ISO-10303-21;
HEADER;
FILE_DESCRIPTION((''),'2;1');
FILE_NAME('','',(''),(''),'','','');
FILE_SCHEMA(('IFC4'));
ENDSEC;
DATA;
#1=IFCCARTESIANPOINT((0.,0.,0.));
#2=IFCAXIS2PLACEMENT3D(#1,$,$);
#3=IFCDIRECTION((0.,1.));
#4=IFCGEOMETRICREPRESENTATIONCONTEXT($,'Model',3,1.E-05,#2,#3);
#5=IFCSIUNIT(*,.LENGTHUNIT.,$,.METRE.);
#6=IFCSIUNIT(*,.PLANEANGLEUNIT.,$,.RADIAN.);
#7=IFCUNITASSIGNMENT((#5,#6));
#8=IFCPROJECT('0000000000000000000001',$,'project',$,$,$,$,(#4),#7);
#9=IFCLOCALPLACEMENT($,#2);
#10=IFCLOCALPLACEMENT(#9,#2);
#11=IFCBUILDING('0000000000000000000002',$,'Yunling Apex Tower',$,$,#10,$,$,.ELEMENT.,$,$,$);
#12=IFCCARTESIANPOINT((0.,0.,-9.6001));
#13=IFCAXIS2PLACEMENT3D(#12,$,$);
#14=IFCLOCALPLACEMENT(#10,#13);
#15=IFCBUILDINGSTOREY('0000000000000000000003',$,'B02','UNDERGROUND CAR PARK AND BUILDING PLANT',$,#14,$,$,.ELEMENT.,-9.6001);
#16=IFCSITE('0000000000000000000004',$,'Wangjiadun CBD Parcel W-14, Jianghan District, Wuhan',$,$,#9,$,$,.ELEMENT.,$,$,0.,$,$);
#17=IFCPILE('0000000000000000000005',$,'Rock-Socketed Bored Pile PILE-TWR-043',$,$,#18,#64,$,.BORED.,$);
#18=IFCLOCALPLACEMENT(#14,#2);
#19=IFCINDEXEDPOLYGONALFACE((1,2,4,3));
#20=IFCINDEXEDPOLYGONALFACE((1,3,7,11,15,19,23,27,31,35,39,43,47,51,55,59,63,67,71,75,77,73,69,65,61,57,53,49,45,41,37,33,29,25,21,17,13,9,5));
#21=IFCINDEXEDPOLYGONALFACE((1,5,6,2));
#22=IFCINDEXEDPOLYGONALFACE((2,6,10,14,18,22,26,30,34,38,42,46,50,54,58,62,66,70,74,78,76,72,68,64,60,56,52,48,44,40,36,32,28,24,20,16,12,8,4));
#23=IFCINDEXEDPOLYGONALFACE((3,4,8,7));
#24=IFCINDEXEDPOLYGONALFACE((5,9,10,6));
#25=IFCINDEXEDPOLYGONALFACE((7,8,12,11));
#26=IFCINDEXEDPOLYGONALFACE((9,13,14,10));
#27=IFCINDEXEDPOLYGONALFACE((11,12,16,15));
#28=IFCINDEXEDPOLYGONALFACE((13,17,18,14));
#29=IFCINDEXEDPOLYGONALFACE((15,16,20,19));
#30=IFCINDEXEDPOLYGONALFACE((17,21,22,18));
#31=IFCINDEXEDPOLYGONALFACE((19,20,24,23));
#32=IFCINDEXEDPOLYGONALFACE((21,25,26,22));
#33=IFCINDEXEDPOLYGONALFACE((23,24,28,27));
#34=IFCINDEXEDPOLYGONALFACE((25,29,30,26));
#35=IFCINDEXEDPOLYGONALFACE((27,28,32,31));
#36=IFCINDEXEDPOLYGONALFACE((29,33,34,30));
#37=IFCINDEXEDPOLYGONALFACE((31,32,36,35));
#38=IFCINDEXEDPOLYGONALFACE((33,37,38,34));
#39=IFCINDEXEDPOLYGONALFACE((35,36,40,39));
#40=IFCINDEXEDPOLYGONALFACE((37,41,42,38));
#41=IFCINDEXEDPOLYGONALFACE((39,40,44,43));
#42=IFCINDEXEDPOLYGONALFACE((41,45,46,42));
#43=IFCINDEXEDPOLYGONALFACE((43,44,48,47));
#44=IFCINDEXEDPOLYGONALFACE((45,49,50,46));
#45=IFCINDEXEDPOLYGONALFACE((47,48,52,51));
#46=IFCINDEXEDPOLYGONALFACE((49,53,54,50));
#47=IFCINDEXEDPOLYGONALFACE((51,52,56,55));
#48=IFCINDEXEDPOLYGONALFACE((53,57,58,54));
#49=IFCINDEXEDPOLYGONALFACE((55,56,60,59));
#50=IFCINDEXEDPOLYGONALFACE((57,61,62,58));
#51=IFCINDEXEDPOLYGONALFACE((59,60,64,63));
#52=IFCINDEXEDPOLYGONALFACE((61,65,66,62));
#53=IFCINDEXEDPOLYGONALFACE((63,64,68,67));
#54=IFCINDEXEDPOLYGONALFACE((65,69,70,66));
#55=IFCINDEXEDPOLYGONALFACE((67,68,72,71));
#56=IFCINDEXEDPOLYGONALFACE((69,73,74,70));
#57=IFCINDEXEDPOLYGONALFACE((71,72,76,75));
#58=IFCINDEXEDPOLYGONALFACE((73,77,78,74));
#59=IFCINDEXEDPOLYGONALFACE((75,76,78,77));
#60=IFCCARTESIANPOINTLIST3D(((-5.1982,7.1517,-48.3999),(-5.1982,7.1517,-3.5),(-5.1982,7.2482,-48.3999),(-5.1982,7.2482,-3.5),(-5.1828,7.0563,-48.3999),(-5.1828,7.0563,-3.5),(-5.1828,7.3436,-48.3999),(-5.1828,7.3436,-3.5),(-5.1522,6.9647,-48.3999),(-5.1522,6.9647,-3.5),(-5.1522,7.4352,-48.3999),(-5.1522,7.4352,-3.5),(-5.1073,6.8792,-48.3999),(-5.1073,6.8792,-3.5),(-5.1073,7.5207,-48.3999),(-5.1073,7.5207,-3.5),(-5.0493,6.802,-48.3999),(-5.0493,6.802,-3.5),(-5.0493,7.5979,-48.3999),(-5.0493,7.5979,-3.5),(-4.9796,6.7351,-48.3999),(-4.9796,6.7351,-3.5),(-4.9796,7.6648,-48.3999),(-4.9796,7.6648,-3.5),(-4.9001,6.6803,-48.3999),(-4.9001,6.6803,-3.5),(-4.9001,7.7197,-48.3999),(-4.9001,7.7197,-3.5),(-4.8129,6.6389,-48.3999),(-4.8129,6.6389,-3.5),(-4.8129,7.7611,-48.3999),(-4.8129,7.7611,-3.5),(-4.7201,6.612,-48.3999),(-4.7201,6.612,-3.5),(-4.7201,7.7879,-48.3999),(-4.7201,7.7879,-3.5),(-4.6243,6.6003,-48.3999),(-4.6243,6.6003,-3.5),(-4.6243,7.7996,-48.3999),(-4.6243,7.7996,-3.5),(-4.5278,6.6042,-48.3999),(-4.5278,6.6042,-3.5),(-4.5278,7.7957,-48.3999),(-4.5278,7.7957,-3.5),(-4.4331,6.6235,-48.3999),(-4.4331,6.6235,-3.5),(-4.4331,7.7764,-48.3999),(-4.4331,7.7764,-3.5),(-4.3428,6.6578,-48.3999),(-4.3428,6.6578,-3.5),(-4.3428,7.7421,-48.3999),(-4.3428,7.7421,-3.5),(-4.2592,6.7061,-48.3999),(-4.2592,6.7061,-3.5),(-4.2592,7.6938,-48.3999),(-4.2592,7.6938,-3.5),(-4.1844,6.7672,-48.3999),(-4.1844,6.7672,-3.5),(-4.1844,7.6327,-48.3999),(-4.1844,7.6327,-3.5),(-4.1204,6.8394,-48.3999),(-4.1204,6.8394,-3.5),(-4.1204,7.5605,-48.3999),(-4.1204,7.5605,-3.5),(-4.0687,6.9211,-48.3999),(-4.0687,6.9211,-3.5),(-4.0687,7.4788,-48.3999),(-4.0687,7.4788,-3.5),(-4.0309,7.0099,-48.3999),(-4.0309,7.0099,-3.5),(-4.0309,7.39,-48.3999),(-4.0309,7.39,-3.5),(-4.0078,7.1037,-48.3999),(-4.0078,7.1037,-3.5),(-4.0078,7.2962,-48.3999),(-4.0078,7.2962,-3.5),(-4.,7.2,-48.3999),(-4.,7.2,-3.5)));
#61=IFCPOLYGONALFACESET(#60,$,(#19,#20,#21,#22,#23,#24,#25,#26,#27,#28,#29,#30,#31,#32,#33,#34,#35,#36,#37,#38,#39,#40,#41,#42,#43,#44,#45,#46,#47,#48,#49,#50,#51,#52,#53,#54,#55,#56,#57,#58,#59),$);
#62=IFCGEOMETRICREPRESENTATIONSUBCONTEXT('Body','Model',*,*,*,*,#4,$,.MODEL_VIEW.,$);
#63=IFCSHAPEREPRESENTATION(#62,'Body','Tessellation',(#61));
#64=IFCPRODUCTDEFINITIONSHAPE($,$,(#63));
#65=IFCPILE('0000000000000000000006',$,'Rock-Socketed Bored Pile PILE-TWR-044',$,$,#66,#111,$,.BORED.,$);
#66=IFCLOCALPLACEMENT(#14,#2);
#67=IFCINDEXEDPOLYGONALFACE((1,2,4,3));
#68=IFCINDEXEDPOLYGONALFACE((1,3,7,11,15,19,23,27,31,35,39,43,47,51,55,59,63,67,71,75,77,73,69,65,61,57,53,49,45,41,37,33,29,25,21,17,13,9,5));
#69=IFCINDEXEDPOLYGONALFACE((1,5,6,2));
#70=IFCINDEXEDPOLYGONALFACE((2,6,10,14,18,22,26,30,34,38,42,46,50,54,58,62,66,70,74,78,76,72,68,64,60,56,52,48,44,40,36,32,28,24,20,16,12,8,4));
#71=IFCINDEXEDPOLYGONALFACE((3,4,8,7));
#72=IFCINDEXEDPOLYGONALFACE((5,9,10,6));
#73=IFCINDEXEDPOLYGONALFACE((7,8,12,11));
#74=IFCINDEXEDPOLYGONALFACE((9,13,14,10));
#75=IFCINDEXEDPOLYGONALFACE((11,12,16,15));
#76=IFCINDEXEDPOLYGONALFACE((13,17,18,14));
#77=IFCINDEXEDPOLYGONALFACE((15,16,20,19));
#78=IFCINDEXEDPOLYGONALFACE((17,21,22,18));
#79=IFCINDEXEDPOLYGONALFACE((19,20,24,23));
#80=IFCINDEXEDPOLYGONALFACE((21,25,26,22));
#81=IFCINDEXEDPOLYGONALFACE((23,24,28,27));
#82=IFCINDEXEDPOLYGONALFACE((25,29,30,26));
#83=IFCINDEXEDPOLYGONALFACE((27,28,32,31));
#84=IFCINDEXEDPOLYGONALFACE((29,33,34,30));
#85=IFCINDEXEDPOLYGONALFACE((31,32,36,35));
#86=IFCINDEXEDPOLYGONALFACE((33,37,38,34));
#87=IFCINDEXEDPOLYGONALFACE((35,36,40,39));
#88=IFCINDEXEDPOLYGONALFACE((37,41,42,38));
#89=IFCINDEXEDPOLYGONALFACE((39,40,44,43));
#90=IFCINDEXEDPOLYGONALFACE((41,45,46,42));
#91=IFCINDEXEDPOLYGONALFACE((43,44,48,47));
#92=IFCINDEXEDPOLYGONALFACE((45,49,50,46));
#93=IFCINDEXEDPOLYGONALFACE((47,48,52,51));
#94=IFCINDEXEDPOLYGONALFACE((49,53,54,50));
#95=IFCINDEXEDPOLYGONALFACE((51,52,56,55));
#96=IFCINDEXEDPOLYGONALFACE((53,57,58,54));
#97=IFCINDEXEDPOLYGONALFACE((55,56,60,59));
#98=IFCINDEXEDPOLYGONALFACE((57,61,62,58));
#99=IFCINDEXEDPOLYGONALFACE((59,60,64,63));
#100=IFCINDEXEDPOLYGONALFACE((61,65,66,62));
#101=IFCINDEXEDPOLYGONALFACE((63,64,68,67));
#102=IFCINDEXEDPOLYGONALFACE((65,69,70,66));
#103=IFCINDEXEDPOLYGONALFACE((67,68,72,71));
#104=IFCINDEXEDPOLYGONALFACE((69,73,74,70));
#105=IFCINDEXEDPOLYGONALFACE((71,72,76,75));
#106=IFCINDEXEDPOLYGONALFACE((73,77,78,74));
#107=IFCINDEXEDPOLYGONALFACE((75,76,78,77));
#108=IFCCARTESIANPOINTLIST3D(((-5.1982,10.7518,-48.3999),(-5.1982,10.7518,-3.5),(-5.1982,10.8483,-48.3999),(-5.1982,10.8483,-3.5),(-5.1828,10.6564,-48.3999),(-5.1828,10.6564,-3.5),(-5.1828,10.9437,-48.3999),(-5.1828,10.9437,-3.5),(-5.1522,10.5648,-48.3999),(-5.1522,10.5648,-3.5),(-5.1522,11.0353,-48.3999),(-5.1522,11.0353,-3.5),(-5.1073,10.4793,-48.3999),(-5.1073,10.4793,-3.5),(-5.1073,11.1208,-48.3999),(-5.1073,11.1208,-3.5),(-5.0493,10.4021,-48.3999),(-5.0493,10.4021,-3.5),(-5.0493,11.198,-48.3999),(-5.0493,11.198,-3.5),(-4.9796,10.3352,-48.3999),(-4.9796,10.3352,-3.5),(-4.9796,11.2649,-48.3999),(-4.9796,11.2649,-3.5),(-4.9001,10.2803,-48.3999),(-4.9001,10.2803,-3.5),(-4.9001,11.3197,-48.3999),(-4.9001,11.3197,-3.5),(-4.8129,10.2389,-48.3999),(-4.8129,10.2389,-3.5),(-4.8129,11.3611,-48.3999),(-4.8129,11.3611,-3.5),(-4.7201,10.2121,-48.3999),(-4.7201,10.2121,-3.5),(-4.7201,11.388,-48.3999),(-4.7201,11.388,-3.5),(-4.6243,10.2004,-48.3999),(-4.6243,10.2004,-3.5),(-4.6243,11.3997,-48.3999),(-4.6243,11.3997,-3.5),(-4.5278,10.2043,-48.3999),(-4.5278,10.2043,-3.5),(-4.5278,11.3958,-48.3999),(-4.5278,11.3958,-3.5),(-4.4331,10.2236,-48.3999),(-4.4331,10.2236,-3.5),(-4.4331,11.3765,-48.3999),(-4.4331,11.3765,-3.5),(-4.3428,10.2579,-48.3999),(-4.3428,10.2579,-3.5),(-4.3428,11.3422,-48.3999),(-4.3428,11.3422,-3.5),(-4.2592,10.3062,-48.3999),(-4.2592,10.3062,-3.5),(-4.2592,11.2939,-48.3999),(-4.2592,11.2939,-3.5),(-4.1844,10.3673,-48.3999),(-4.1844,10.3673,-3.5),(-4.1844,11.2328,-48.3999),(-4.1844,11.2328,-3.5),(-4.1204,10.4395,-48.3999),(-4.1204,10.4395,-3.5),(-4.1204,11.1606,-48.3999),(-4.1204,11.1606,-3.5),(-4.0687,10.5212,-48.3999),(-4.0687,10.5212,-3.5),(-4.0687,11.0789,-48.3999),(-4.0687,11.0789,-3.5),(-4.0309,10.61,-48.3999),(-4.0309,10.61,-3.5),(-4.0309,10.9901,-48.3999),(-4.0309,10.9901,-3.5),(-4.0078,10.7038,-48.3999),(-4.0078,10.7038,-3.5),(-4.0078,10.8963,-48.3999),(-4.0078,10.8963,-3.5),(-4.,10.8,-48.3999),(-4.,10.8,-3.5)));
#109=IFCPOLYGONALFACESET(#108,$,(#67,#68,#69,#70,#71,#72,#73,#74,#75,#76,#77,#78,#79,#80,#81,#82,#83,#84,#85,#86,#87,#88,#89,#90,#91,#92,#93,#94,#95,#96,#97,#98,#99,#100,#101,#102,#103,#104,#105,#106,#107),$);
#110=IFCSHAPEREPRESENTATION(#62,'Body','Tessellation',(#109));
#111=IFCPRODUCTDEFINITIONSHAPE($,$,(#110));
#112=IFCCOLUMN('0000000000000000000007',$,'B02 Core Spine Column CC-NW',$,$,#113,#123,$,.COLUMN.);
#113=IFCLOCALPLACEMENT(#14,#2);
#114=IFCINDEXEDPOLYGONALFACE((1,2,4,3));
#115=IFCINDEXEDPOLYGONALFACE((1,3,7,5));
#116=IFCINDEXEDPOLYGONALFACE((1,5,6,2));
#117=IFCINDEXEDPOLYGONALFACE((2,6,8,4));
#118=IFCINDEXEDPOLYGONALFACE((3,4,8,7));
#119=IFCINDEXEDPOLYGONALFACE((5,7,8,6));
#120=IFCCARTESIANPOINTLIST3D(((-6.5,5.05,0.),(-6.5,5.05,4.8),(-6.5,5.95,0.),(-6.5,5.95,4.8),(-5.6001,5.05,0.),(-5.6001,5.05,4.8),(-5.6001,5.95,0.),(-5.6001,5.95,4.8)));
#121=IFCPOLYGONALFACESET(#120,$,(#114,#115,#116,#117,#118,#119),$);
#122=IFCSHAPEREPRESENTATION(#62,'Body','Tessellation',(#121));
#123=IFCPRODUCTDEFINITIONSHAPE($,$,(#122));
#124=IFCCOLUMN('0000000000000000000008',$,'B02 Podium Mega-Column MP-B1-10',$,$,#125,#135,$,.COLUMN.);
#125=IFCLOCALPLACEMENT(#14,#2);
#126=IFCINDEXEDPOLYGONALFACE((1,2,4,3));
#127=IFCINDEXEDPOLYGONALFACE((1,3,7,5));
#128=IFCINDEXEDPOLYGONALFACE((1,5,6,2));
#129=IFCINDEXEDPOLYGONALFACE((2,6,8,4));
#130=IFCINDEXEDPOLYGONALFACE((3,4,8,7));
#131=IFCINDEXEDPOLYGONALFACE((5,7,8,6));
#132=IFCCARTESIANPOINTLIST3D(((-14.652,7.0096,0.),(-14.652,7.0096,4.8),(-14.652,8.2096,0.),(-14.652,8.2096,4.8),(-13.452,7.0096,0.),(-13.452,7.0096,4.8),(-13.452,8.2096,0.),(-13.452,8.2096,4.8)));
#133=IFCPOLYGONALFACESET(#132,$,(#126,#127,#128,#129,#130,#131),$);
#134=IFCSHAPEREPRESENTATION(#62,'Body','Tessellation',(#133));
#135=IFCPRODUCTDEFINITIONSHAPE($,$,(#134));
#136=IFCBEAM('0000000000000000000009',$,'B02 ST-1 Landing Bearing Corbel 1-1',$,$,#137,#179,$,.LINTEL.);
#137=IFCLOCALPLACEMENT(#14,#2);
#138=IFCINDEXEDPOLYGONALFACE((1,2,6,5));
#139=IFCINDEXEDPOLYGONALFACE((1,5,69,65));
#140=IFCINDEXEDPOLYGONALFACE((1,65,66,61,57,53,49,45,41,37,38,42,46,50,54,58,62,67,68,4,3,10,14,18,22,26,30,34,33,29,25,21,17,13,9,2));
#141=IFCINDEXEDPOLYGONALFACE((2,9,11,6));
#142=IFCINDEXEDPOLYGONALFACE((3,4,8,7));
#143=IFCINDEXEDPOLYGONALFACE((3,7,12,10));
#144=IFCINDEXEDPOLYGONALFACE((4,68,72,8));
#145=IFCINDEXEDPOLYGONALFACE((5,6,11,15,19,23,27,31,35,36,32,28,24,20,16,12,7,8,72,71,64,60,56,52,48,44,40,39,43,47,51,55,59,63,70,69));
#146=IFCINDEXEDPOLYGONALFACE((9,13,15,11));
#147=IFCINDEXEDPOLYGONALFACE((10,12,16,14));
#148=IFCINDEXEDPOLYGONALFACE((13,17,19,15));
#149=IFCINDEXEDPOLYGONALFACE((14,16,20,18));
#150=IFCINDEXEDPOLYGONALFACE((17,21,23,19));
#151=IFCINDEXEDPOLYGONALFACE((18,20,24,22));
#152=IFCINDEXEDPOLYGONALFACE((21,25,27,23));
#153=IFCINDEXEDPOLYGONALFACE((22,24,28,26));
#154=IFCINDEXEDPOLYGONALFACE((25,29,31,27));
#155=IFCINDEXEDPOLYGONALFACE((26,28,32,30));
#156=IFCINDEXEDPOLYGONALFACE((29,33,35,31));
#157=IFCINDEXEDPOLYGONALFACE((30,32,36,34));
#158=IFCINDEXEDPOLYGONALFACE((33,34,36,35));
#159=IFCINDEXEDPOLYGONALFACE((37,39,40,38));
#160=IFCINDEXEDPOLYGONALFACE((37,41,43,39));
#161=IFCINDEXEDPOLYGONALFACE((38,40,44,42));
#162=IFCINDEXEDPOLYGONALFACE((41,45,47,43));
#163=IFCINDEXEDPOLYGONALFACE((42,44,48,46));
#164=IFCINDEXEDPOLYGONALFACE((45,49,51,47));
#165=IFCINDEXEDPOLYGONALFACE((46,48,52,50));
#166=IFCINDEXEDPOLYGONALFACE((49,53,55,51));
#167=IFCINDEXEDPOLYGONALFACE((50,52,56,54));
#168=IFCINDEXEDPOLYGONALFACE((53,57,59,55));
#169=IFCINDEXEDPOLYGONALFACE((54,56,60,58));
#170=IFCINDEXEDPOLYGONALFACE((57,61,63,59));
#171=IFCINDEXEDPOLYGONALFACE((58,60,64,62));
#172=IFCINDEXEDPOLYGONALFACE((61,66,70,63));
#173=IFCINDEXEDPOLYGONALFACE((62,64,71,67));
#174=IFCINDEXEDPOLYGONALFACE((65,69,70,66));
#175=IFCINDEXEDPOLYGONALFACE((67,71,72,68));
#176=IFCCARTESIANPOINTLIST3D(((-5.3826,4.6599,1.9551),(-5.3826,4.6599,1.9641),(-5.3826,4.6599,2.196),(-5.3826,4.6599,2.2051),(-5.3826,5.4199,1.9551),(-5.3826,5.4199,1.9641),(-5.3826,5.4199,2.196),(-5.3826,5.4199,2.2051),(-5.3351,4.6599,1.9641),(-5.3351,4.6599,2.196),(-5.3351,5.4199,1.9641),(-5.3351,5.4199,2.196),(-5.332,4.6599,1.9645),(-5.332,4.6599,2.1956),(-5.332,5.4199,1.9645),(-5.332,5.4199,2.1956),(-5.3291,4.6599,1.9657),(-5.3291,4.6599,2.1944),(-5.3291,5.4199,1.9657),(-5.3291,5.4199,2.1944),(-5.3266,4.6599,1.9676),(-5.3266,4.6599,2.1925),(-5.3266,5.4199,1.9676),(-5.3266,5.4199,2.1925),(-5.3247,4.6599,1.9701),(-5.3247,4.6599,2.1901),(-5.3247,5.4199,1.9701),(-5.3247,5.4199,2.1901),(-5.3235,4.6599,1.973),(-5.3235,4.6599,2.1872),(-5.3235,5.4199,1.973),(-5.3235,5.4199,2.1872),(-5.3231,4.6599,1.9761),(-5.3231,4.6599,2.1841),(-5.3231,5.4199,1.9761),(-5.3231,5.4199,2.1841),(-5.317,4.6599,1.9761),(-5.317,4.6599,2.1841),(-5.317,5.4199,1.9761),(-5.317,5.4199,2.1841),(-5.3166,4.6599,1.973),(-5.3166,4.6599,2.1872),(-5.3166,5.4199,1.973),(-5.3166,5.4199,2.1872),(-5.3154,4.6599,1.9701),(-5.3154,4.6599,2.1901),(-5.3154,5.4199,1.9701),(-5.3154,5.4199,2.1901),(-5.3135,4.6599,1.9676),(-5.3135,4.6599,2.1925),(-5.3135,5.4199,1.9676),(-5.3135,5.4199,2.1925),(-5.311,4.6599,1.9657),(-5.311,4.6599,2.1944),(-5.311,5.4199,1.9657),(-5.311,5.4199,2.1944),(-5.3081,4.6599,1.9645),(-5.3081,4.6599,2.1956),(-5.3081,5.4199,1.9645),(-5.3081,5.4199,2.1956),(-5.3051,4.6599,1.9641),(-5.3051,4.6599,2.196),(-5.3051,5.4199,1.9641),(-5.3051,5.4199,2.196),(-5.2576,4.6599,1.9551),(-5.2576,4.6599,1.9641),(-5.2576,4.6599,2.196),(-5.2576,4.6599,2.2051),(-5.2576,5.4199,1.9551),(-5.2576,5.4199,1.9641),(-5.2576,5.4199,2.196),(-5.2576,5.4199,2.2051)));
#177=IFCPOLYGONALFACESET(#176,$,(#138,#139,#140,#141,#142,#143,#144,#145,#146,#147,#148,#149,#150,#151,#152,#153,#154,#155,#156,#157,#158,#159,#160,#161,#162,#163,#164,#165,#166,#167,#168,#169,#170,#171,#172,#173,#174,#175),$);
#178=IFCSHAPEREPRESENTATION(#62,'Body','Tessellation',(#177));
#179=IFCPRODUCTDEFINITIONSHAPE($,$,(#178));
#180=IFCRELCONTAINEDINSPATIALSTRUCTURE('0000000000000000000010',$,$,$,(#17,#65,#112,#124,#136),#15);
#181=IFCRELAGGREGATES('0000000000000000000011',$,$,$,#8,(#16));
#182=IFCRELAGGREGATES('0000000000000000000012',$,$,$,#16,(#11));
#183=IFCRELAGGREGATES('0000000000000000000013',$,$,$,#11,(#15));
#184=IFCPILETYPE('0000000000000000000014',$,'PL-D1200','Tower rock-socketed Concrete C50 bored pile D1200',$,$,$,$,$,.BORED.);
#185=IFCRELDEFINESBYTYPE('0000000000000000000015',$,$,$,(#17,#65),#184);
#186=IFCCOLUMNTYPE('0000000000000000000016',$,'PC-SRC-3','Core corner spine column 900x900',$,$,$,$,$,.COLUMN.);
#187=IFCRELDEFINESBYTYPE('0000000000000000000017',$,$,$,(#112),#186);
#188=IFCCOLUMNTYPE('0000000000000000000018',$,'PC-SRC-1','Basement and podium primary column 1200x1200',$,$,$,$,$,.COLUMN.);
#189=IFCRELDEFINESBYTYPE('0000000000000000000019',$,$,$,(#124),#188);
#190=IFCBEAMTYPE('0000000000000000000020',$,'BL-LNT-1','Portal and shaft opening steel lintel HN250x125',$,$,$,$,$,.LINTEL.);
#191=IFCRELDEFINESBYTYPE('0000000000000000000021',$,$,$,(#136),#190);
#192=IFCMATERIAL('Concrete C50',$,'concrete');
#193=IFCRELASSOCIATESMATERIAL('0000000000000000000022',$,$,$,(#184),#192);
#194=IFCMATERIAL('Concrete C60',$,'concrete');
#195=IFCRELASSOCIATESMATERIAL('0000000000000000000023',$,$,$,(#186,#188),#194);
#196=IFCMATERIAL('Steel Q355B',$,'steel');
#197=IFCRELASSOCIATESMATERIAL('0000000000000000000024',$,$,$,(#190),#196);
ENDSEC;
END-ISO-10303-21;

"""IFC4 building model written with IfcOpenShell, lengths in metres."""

from ifc_helpers import new_model, si_unit, direction, frame, origin, origin_2d, place, context, subcontext, project, spatial, rectangle, circle, i_section, extrude, source, transform, mapped, material, material_profile, profile_set, type_object, element, save


model = new_model("IFC4")

# Units and contexts
model_context = context("Model", 3, precision=1e-05, world=origin(), true_north=direction((0.0, 1.0)))
body_context = subcontext(model_context, "Body", "Model", "MODEL_VIEW")
ifc_project = project(units=[si_unit("LENGTHUNIT", "METRE"), si_unit("PLANEANGLEUNIT", "RADIAN")], contexts=[model_context])

# Site, building, storey
site_placement = place(None, origin())
site = spatial("IfcSite", under=ifc_project, at=site_placement, Name="Wangjiadun CBD Parcel W-14, Jianghan District, Wuhan", CompositionType="ELEMENT", RefElevation=0.0)
building_placement = place(site_placement, origin())
building = spatial("IfcBuilding", under=site, at=building_placement, Name="Yunling Apex Tower", CompositionType="ELEMENT")
storey_placement = place(building_placement, frame((0.0, 0.0, -9.6001)))
storey = spatial("IfcBuildingStorey", under=building, at=storey_placement, Name="B02", Description="UNDERGROUND CAR PARK AND BUILDING PLANT", CompositionType="ELEMENT", Elevation=-9.6001)

# Piles
ifc_material_1 = material(Name="Concrete C50", Category="concrete")
ifc_material_profile_1 = material_profile(ifc_material_1, circle(Radius=0.6001, at=origin_2d()))
ifc_profile_set_1 = profile_set([ifc_material_profile_1], Name="Concrete C50")
pile_type = type_object("IfcPileType", Name="PL-D1200", Description="Tower rock-socketed Concrete C50 bored pile D1200", PredefinedType="BORED", material=ifc_profile_set_1)
shared_shape_1 = source(origin(), body_context, "Body", "SweptSolid", [
    extrude(circle(Radius=0.6001, at=origin_2d()), origin(), (0.0, 0.0, 1.0), 44.8999),
])
for number, where, z_axis, x_axis, name in (
    (1, (-4.6001, 7.2, -3.5), (0.0, 0.0, -1.0), (1.0, 0.0, 0.0), "Rock-Socketed Bored Pile PILE-TWR-043"),
    (2, (-4.6001, 10.8, -3.5), (0.0, 0.0, -1.0), (1.0, 0.0, 0.0), "Rock-Socketed Bored Pile PILE-TWR-044"),
):
    element("IfcPile", number, at=place(storey_placement, frame(where, z_axis=z_axis, x_axis=x_axis)), inside=storey, type_object=pile_type, Name=name, PredefinedType="BORED", context=body_context, shape_type="MappedRepresentation", body=[
        mapped(shared_shape_1, transform((0.0, 0.0, 0.0), scale=1.0)),
    ])

# Columns
ifc_material_2 = material(Name="Concrete C60", Category="concrete")
ifc_material_profile_2 = material_profile(ifc_material_2, rectangle(XDim=0.8999, YDim=0.8999, at=origin_2d()))
ifc_profile_set_2 = profile_set([ifc_material_profile_2], Name="Concrete C60")
column_type_1 = type_object("IfcColumnType", Name="PC-SRC-3", Description="Core corner spine column 900x900", PredefinedType="COLUMN", material=ifc_profile_set_2)
shared_shape_2 = source(origin(), body_context, "Body", "SweptSolid", [
    extrude(rectangle(XDim=0.8999, YDim=0.8999, at=origin_2d()), origin(), (0.0, 0.0, 1.0), 4.8),
])
column_1_placement = place(storey_placement, frame((-6.05, 5.5, 0.0), z_axis=(0.0, 0.0, 1.0), x_axis=(1.0, 0.0, 0.0)))
element("IfcColumn", 3, at=column_1_placement, inside=storey, type_object=column_type_1, Name="B02 Core Spine Column CC-NW", PredefinedType="COLUMN", context=body_context, shape_type="MappedRepresentation", body=[
    mapped(shared_shape_2, transform((0.0, 0.0, 0.0), scale=1.0)),
])
ifc_material_profile_3 = material_profile(ifc_material_2, rectangle(XDim=1.2, YDim=1.2, at=origin_2d()))
ifc_profile_set_3 = profile_set([ifc_material_profile_3], Name="Concrete C60")
column_type_2 = type_object("IfcColumnType", Name="PC-SRC-1", Description="Basement and podium primary column 1200x1200", PredefinedType="COLUMN", material=ifc_profile_set_3)
shared_shape_3 = source(origin(), body_context, "Body", "SweptSolid", [
    extrude(rectangle(XDim=1.2, YDim=1.2, at=origin_2d()), origin(), (0.0, 0.0, 1.0), 4.8),
])
column_2_placement = place(storey_placement, frame((-14.052, 7.6096, 0.0), z_axis=(0.0, 0.0, 1.0), x_axis=(1.0, 0.0, 0.0)))
element("IfcColumn", 4, at=column_2_placement, inside=storey, type_object=column_type_2, Name="B02 Podium Mega-Column MP-B1-10", PredefinedType="COLUMN", context=body_context, shape_type="MappedRepresentation", body=[
    mapped(shared_shape_3, transform((0.0, 0.0, 0.0), scale=1.0)),
])

# Beam
ifc_material_3 = material(Name="Steel Q355B", Category="steel")
ifc_material_profile_4 = material_profile(ifc_material_3, i_section(OverallWidth=0.125, OverallDepth=0.25, WebThickness=0.0061, FlangeThickness=0.009, FilletRadius=0.012, at=origin_2d()))
ifc_profile_set_4 = profile_set([ifc_material_profile_4], Name="Steel Q355B")
beam_type = type_object("IfcBeamType", Name="BL-LNT-1", Description="Portal and shaft opening steel lintel HN250x125", PredefinedType="LINTEL", material=ifc_profile_set_4)
shared_shape_4 = source(origin(), body_context, "Body", "SweptSolid", [
    extrude(i_section(OverallWidth=0.125, OverallDepth=0.25, WebThickness=0.0061, FlangeThickness=0.009, FilletRadius=0.012, at=origin_2d()), origin(), (0.0, 0.0, 1.0), 0.76),
])
for number, where, z_axis, x_axis, name in (
    (5, (-5.3201, 5.4199, 2.0801), (0.0, -1.0, 0.0), (1.0, 0.0, 0.0), "B02 ST-1 Landing Bearing Corbel 1-1"),
):
    element("IfcBeam", number, at=place(storey_placement, frame(where, z_axis=z_axis, x_axis=x_axis)), inside=storey, type_object=beam_type, Name=name, PredefinedType="LINTEL", context=body_context, shape_type="MappedRepresentation", body=[
        mapped(shared_shape_4, transform((0.0, 0.0, 0.0), scale=1.0)),
    ])

save(model, "model.ifc")
